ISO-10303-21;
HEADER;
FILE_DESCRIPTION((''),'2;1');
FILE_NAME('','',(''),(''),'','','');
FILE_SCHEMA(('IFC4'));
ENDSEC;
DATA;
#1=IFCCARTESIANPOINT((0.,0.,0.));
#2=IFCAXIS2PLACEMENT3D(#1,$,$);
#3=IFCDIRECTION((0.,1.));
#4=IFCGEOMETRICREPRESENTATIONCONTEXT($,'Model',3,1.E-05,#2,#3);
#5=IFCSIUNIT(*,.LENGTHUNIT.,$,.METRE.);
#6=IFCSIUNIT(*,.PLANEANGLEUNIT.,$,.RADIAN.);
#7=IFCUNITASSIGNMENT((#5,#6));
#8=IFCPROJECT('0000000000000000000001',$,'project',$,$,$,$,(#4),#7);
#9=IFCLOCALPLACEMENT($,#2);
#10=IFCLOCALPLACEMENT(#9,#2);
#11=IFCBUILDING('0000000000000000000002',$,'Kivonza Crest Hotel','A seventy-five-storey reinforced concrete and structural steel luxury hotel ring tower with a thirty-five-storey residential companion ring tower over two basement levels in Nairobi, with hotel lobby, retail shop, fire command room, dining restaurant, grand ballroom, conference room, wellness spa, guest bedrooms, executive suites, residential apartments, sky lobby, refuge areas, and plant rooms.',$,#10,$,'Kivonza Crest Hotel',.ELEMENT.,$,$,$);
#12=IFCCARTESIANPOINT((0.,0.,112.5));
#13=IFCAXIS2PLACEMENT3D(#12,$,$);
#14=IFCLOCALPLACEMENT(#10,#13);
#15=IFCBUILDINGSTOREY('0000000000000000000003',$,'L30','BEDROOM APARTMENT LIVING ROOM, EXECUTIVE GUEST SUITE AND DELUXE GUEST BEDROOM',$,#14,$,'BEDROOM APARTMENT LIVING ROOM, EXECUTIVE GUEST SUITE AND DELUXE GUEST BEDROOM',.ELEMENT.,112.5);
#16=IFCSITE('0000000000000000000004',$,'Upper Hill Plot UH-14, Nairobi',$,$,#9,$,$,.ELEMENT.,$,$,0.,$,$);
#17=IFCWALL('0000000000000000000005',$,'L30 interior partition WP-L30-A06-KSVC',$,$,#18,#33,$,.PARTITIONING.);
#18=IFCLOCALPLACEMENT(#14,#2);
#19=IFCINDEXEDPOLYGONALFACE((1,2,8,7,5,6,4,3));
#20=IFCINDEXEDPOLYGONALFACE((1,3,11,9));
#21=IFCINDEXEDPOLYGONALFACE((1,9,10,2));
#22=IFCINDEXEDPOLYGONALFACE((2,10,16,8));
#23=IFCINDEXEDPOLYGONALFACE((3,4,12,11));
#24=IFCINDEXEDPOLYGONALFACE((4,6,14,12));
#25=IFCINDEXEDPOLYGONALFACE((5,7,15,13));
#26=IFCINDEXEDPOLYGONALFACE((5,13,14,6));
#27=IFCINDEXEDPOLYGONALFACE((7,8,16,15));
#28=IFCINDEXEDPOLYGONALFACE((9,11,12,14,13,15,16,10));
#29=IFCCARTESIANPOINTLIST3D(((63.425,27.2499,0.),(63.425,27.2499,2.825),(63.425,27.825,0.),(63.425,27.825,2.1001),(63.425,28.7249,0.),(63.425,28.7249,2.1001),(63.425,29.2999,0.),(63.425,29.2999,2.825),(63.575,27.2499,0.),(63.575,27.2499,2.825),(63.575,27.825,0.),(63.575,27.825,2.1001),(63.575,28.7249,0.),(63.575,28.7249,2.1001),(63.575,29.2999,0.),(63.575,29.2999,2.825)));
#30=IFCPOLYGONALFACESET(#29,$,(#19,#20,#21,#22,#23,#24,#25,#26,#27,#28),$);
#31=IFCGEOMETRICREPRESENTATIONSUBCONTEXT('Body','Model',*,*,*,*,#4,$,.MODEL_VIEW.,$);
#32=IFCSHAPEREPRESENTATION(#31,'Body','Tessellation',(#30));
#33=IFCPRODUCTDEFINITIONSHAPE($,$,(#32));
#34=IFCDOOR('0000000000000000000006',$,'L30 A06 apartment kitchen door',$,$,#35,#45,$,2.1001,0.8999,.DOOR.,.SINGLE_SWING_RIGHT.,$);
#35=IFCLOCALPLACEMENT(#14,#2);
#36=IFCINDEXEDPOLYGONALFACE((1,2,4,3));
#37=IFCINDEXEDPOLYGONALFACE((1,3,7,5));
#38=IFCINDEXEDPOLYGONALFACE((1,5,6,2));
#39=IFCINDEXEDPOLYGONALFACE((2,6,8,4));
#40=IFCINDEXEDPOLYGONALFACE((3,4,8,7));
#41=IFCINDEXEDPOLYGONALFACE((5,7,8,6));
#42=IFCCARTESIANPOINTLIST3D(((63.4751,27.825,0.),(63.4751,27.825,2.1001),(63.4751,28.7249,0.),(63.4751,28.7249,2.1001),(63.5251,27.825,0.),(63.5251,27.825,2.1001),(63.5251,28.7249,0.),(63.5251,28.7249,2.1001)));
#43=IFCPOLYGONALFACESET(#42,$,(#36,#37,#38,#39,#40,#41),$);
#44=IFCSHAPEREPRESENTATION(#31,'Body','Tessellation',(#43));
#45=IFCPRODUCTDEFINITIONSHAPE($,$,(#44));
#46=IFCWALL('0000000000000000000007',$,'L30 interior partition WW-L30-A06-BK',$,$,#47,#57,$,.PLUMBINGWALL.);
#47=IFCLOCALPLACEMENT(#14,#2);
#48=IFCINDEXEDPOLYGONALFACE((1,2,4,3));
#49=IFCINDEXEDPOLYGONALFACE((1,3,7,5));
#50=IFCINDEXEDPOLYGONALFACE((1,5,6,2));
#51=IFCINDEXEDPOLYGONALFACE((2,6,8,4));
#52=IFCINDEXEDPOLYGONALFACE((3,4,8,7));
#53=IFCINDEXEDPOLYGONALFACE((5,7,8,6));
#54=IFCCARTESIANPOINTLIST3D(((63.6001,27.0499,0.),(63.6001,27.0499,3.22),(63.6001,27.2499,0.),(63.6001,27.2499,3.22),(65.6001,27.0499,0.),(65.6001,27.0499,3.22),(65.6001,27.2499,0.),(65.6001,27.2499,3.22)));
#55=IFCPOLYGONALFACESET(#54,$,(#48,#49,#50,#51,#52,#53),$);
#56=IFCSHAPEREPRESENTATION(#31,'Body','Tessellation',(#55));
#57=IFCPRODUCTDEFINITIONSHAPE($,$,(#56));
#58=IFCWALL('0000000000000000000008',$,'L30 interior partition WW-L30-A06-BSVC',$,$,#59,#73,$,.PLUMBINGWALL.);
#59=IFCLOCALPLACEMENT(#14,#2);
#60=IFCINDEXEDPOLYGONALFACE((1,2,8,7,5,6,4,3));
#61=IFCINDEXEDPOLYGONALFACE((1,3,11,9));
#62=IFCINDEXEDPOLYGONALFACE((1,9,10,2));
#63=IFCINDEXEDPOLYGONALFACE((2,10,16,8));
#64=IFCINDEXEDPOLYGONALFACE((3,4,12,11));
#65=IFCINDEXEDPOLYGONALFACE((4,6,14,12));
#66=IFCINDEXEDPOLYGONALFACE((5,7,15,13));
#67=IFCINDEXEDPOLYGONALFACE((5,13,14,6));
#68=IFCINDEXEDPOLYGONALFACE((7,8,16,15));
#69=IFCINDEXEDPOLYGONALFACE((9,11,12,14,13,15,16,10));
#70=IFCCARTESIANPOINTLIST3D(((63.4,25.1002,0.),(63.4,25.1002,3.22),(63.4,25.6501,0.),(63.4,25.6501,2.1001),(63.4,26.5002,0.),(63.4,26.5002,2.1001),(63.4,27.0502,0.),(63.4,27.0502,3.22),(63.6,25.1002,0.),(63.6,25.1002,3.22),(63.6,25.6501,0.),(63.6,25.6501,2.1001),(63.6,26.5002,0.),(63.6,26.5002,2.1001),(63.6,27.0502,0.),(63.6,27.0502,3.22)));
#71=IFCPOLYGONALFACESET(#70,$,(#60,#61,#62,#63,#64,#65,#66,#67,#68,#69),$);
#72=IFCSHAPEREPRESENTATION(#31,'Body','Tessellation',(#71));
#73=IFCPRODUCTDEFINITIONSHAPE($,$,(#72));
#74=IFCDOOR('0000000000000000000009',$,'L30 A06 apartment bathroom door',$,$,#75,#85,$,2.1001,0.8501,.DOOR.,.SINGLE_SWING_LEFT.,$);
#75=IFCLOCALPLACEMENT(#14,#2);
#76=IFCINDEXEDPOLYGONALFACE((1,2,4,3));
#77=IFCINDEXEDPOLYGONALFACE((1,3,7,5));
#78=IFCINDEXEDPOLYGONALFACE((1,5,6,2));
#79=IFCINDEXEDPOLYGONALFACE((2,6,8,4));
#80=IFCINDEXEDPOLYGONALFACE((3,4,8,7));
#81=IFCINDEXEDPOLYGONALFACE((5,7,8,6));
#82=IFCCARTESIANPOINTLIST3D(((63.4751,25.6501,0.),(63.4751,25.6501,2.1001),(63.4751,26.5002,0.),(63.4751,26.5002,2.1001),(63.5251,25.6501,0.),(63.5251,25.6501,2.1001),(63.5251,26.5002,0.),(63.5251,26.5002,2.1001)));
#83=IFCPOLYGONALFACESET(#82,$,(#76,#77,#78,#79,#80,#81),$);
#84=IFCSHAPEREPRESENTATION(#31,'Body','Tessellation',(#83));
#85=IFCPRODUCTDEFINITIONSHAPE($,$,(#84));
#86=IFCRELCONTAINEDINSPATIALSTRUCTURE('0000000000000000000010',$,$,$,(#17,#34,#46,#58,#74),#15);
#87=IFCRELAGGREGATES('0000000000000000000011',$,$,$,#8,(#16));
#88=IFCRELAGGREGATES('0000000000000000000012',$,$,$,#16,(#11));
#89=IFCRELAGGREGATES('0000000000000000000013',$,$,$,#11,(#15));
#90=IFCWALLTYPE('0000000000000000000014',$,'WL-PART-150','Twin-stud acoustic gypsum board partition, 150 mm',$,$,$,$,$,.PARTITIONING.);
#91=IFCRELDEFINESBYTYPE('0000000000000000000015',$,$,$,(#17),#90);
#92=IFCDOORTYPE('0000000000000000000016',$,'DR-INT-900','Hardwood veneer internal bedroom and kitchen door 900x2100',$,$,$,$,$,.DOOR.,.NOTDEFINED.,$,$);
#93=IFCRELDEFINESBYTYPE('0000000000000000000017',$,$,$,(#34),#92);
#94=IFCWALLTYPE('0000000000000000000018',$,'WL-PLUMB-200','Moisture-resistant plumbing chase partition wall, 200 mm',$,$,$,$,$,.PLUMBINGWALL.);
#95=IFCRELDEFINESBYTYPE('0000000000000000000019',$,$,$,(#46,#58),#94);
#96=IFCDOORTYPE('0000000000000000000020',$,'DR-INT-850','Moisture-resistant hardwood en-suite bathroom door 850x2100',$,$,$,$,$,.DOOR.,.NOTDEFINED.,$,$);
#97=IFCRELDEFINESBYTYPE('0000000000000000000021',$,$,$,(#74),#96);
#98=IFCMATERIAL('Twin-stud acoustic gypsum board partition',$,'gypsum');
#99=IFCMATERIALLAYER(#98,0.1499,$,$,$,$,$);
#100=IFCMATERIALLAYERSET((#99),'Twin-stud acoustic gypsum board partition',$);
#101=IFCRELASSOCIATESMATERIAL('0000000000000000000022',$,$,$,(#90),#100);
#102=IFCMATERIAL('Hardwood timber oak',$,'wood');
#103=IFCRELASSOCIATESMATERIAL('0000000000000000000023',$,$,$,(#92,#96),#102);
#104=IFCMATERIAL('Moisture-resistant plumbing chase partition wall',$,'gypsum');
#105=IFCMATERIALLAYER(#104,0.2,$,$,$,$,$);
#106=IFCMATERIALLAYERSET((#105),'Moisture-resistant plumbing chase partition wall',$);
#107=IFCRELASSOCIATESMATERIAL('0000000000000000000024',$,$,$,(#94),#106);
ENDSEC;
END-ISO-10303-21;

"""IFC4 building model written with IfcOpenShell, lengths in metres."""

from ifc_helpers import new_model, si_unit, direction, frame, frame_2d, origin, place, context, subcontext, project, spatial, rectangle, extrude, material, layer, layer_set, type_object, element, fill, save


model = new_model("IFC4")

# Units and contexts
model_context = context("Model", 3, precision=1e-05, world=origin(), true_north=direction((0.0, 1.0)))
body_context = subcontext(model_context, "Body", "Model", "MODEL_VIEW")
ifc_project = project(units=[si_unit("LENGTHUNIT", "METRE"), si_unit("PLANEANGLEUNIT", "RADIAN")], contexts=[model_context])

# Site, building, storey
site_placement = place(None, origin())
site = spatial("IfcSite", under=ifc_project, at=site_placement, Name="Upper Hill Plot UH-14, Nairobi", CompositionType="ELEMENT", RefElevation=0.0)
building_placement = place(site_placement, origin())
building = spatial("IfcBuilding", under=site, at=building_placement, Name="Kivonza Crest Hotel", Description="A seventy-five-storey reinforced concrete and structural steel luxury hotel ring tower with a thirty-five-storey residential companion ring tower over two basement levels in Nairobi, with hotel lobby, retail shop, fire command room, dining restaurant, grand ballroom, conference room, wellness spa, guest bedrooms, executive suites, residential apartments, sky lobby, refuge areas, and plant rooms.", LongName="Kivonza Crest Hotel", CompositionType="ELEMENT")
storey_placement = place(building_placement, frame((0.0, 0.0, 112.5)))
storey = spatial("IfcBuildingStorey", under=building, at=storey_placement, Name="L30", Description="BEDROOM APARTMENT LIVING ROOM, EXECUTIVE GUEST SUITE AND DELUXE GUEST BEDROOM", LongName="BEDROOM APARTMENT LIVING ROOM, EXECUTIVE GUEST SUITE AND DELUXE GUEST BEDROOM", CompositionType="ELEMENT", Elevation=112.5)

# Shared definitions
ifc_material_1 = material(Name="Hardwood timber oak", Category="wood")

# Shared definitions
ifc_material_2 = material(Name="Twin-stud acoustic gypsum board partition", Category="gypsum")
ifc_layer_1 = layer(ifc_material_2, 0.1499)
ifc_layer_set_1 = layer_set([ifc_layer_1], Name="Twin-stud acoustic gypsum board partition")
wall_type_1 = type_object("IfcWallType", Name="WL-PART-150", Description="Twin-stud acoustic gypsum board partition, 150 mm", PredefinedType="PARTITIONING", material=ifc_layer_set_1)
door_type_1 = type_object("IfcDoorType", Name="DR-INT-900", Description="Hardwood veneer internal bedroom and kitchen door 900x2100", OperationType="NOTDEFINED", PredefinedType="DOOR", material=ifc_material_1)

# Wall, opening, door
wall_1_placement = place(storey_placement, frame((63.5, 27.25, 0.0), z_axis=(0.0, 0.0, 1.0), x_axis=(0.0, 1.0, 0.0)))
wall_1 = element("IfcWall", 1, at=wall_1_placement, inside=storey, type_object=wall_type_1, Name="L30 interior partition WP-L30-A06-KSVC", PredefinedType="PARTITIONING", context=body_context, shape_type="SweptSolid", body=[
    extrude(rectangle(XDim=2.05, YDim=0.1499, at=frame_2d((1.0249, 0.0))), origin(), (0.0, 0.0, 1.0), 2.825),
])
opening_1_placement = place(wall_1_placement, frame((0.575, 0.0, 0.0)))
opening_1 = element("IfcOpeningElement", 2, at=opening_1_placement, cuts=wall_1, PredefinedType="OPENING", context=body_context, shape_type="SweptSolid", body=[
    extrude(rectangle(XDim=0.8999, YDim=2.1001, at=frame_2d((0.45, 1.05))), frame((0.0, 0.085, 0.0), z_axis=(0.0, -1.0, 0.0), x_axis=(1.0, 0.0, 0.0)), (0.0, 0.0, 1.0), 0.1699),
])
door_1_placement = place(opening_1_placement, origin())
door_1 = element("IfcDoor", 3, at=door_1_placement, inside=storey, type_object=door_type_1, Name="L30 A06 apartment kitchen door", OperationType="SINGLE_SWING_RIGHT", OverallHeight=2.1001, OverallWidth=0.8999, PredefinedType="DOOR", context=body_context, shape_type="SweptSolid", body=[
    extrude(rectangle(XDim=0.8999, YDim=2.1001, at=frame_2d((0.45, 1.05))), frame((0.0, 0.0249, 0.0), z_axis=(0.0, -1.0, 0.0), x_axis=(1.0, 0.0, 0.0)), (0.0, 0.0, 1.0), 0.05),
])
fill(opening_1, door_1)

# Wall
ifc_material_3 = material(Name="Moisture-resistant plumbing chase partition wall", Category="gypsum")
ifc_layer_2 = layer(ifc_material_3, 0.2)
ifc_layer_set_2 = layer_set([ifc_layer_2], Name="Moisture-resistant plumbing chase partition wall")
wall_type_2 = type_object("IfcWallType", Name="WL-PLUMB-200", Description="Moisture-resistant plumbing chase partition wall, 200 mm", PredefinedType="PLUMBINGWALL", material=ifc_layer_set_2)
wall_2_placement = place(storey_placement, frame((63.6001, 27.1499, 0.0), z_axis=(0.0, 0.0, 1.0), x_axis=(1.0, 0.0, 0.0)))
element("IfcWall", 4, at=wall_2_placement, inside=storey, type_object=wall_type_2, Name="L30 interior partition WW-L30-A06-BK", PredefinedType="PLUMBINGWALL", context=body_context, shape_type="SweptSolid", body=[
    extrude(rectangle(XDim=2.0, YDim=0.2, at=frame_2d((1.0, 0.0))), origin(), (0.0, 0.0, 1.0), 3.22),
])

# Wall, opening, door
wall_3_placement = place(storey_placement, frame((63.5, 25.1001, 0.0), z_axis=(0.0, 0.0, 1.0), x_axis=(0.0, 1.0, 0.0)))
wall_3 = element("IfcWall", 5, at=wall_3_placement, inside=storey, type_object=wall_type_2, Name="L30 interior partition WW-L30-A06-BSVC", PredefinedType="PLUMBINGWALL", context=body_context, shape_type="SweptSolid", body=[
    extrude(rectangle(XDim=1.95, YDim=0.2, at=frame_2d((0.9751, 0.0))), origin(), (0.0, 0.0, 1.0), 3.22),
])
opening_2_placement = place(wall_3_placement, frame((0.55, 0.0, 0.0)))
opening_2 = element("IfcOpeningElement", 6, at=opening_2_placement, cuts=wall_3, PredefinedType="OPENING", context=body_context, shape_type="SweptSolid", body=[
    extrude(rectangle(XDim=0.8501, YDim=2.1001, at=frame_2d((0.425, 1.05))), frame((0.0, 0.1099, 0.0), z_axis=(0.0, -1.0, 0.0), x_axis=(1.0, 0.0, 0.0)), (0.0, 0.0, 1.0), 0.22),
])
door_type_2 = type_object("IfcDoorType", Name="DR-INT-850", Description="Moisture-resistant hardwood en-suite bathroom door 850x2100", OperationType="NOTDEFINED", PredefinedType="DOOR", material=ifc_material_1)
door_2_placement = place(opening_2_placement, origin())
door_2 = element("IfcDoor", 7, at=door_2_placement, inside=storey, type_object=door_type_2, Name="L30 A06 apartment bathroom door", OperationType="SINGLE_SWING_LEFT", OverallHeight=2.1001, OverallWidth=0.8501, PredefinedType="DOOR", context=body_context, shape_type="SweptSolid", body=[
    extrude(rectangle(XDim=0.8501, YDim=2.1001, at=frame_2d((0.425, 1.05))), frame((0.0, 0.0249, 0.0), z_axis=(0.0, -1.0, 0.0), x_axis=(1.0, 0.0, 0.0)), (0.0, 0.0, 1.0), 0.05),
])
fill(opening_2, door_2)

save(model, "model.ifc")
